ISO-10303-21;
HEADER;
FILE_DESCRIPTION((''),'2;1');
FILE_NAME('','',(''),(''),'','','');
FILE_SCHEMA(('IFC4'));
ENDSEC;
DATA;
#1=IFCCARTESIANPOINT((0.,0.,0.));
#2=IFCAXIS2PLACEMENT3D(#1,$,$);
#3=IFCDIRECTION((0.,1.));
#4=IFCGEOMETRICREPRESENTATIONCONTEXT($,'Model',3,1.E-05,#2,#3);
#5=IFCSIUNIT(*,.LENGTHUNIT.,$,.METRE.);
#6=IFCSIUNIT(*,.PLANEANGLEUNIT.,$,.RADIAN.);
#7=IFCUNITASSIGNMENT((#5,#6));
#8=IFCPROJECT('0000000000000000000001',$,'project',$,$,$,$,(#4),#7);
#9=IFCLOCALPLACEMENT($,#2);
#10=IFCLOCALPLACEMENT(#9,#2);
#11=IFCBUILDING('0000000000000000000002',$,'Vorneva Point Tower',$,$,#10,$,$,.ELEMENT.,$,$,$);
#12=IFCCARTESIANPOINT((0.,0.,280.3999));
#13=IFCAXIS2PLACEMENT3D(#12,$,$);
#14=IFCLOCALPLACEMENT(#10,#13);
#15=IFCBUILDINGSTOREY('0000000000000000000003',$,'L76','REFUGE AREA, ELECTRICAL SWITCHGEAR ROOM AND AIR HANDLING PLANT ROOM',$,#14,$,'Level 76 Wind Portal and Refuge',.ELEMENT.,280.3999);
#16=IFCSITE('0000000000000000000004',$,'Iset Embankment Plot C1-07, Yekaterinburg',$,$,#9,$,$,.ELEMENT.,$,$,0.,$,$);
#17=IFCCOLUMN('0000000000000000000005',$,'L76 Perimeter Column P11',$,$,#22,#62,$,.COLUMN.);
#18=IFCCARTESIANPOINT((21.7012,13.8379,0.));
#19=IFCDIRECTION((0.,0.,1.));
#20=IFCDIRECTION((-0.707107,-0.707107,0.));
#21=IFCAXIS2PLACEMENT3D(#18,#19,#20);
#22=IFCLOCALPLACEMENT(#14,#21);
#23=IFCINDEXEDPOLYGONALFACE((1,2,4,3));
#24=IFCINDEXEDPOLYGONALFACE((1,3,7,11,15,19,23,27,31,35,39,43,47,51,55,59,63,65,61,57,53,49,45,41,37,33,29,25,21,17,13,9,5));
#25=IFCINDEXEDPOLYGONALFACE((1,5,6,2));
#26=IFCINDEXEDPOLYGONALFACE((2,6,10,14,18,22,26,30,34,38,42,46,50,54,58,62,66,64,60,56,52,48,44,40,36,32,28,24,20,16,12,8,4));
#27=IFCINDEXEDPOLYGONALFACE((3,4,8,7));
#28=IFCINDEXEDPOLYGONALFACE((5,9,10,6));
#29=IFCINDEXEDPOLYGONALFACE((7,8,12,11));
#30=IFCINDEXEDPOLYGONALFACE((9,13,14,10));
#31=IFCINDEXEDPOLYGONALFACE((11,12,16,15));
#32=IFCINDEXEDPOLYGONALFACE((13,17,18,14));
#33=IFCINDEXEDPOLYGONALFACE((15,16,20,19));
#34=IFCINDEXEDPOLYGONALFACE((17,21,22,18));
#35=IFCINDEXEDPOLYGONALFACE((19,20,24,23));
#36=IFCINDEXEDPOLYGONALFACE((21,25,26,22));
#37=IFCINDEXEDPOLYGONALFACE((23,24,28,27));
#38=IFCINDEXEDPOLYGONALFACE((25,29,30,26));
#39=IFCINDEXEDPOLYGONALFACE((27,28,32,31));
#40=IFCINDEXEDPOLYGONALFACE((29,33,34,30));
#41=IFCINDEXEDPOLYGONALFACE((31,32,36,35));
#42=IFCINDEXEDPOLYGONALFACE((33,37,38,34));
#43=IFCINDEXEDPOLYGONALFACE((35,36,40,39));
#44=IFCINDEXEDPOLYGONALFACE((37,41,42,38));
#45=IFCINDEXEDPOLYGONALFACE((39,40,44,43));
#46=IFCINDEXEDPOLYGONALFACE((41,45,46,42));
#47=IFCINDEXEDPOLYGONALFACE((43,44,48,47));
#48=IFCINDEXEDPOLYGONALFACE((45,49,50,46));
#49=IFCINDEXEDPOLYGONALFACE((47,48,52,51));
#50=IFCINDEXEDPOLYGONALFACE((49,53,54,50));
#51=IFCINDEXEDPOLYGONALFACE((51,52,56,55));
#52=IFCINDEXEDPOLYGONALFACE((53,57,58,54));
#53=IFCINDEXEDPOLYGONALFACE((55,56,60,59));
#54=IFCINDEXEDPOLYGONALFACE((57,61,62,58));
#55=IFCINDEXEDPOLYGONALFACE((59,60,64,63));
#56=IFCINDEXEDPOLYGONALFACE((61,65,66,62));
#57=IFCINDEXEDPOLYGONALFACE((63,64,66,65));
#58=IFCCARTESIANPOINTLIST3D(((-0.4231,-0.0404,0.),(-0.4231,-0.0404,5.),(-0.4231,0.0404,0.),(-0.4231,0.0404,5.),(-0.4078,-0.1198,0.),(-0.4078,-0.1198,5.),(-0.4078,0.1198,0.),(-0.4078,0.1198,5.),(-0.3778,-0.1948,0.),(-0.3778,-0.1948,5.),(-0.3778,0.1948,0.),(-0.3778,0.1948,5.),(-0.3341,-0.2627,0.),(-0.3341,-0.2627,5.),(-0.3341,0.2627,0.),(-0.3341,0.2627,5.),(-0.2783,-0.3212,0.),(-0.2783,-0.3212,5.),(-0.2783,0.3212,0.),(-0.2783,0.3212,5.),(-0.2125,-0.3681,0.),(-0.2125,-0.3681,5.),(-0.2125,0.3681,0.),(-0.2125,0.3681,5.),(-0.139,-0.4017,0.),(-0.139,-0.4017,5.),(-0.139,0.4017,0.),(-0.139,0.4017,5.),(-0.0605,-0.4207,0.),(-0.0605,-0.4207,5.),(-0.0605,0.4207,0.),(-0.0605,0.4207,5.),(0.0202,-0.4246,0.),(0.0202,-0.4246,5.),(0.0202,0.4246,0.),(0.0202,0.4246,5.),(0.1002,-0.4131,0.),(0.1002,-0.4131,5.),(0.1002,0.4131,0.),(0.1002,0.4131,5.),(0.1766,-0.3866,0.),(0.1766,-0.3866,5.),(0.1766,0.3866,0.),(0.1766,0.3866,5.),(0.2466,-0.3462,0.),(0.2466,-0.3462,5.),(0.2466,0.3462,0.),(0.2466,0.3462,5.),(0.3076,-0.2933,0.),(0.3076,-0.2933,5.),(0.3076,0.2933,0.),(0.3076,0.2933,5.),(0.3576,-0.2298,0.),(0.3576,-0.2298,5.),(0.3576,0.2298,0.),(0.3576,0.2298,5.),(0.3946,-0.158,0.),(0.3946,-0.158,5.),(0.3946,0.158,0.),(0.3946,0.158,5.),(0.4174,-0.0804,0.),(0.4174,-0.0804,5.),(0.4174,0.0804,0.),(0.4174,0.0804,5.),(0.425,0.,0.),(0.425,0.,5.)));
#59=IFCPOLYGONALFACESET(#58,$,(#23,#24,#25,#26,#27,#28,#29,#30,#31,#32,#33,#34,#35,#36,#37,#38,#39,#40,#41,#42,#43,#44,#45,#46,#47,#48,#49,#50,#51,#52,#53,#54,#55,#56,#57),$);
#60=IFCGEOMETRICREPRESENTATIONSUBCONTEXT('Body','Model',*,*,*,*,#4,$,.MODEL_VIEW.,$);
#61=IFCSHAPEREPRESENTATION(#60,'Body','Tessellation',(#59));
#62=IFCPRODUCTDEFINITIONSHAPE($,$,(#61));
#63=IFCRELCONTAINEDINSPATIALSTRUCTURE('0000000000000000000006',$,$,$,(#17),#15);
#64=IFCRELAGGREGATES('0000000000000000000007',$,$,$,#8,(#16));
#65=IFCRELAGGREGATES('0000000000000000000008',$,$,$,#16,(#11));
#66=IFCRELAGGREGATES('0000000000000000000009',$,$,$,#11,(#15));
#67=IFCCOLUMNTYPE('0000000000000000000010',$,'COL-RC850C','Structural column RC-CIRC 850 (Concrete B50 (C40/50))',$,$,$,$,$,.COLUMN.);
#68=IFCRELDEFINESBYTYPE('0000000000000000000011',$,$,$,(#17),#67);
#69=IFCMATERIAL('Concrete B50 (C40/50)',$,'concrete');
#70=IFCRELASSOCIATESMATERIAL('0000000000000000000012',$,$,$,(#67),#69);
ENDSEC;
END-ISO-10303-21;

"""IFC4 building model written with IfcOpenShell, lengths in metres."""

from ifc_helpers import new_model, si_unit, direction, frame, origin, origin_2d, place, context, subcontext, project, spatial, circle, extrude, material, material_profile, profile_set, type_object, element, save


model = new_model("IFC4")

# Units and contexts
model_context = context("Model", 3, precision=1e-05, world=origin(), true_north=direction((0.0, 1.0)))
body_context = subcontext(model_context, "Body", "Model", "MODEL_VIEW")
ifc_project = project(units=[si_unit("LENGTHUNIT", "METRE"), si_unit("PLANEANGLEUNIT", "RADIAN")], contexts=[model_context])

# Site, building, storey
site_placement = place(None, origin())
site = spatial("IfcSite", under=ifc_project, at=site_placement, Name="Iset Embankment Plot C1-07, Yekaterinburg", CompositionType="ELEMENT", RefElevation=0.0)
building_placement = place(site_placement, origin())
building = spatial("IfcBuilding", under=site, at=building_placement, Name="Vorneva Point Tower", CompositionType="ELEMENT")
storey_placement = place(building_placement, frame((0.0, 0.0, 280.3999)))
storey = spatial("IfcBuildingStorey", under=building, at=storey_placement, Name="L76", Description="REFUGE AREA, ELECTRICAL SWITCHGEAR ROOM AND AIR HANDLING PLANT ROOM", LongName="Level 76 Wind Portal and Refuge", CompositionType="ELEMENT", Elevation=280.3999)

# Column
ifc_material_1 = material(Name="Concrete B50 (C40/50)", Category="concrete")
ifc_material_profile_1 = material_profile(ifc_material_1, circle(Radius=0.425, at=origin_2d()), Name="RC-CIRC 850")
ifc_profile_set_1 = profile_set([ifc_material_profile_1], Name="Concrete B50 (C40/50)")
column_type = type_object("IfcColumnType", Name="COL-RC850C", Description="Structural column RC-CIRC 850 (Concrete B50 (C40/50))", PredefinedType="COLUMN", material=ifc_profile_set_1)
for number, where, z_axis, x_axis, name in (
    (1, (21.7012, 13.8379, 0.0), (0.0, 0.0, 1.0), (-0.707107, -0.707107, 0.0), "L76 Perimeter Column P11"),
):
    element("IfcColumn", number, at=place(storey_placement, frame(where, z_axis=z_axis, x_axis=x_axis)), inside=storey, type_object=column_type, Name=name, PredefinedType="COLUMN", context=body_context, shape_type="SweptSolid", body=[
        extrude(circle(Radius=0.425, at=origin_2d()), origin(), (0.0, 0.0, 1.0), 5.0),
    ])

save(model, "model.ifc")
